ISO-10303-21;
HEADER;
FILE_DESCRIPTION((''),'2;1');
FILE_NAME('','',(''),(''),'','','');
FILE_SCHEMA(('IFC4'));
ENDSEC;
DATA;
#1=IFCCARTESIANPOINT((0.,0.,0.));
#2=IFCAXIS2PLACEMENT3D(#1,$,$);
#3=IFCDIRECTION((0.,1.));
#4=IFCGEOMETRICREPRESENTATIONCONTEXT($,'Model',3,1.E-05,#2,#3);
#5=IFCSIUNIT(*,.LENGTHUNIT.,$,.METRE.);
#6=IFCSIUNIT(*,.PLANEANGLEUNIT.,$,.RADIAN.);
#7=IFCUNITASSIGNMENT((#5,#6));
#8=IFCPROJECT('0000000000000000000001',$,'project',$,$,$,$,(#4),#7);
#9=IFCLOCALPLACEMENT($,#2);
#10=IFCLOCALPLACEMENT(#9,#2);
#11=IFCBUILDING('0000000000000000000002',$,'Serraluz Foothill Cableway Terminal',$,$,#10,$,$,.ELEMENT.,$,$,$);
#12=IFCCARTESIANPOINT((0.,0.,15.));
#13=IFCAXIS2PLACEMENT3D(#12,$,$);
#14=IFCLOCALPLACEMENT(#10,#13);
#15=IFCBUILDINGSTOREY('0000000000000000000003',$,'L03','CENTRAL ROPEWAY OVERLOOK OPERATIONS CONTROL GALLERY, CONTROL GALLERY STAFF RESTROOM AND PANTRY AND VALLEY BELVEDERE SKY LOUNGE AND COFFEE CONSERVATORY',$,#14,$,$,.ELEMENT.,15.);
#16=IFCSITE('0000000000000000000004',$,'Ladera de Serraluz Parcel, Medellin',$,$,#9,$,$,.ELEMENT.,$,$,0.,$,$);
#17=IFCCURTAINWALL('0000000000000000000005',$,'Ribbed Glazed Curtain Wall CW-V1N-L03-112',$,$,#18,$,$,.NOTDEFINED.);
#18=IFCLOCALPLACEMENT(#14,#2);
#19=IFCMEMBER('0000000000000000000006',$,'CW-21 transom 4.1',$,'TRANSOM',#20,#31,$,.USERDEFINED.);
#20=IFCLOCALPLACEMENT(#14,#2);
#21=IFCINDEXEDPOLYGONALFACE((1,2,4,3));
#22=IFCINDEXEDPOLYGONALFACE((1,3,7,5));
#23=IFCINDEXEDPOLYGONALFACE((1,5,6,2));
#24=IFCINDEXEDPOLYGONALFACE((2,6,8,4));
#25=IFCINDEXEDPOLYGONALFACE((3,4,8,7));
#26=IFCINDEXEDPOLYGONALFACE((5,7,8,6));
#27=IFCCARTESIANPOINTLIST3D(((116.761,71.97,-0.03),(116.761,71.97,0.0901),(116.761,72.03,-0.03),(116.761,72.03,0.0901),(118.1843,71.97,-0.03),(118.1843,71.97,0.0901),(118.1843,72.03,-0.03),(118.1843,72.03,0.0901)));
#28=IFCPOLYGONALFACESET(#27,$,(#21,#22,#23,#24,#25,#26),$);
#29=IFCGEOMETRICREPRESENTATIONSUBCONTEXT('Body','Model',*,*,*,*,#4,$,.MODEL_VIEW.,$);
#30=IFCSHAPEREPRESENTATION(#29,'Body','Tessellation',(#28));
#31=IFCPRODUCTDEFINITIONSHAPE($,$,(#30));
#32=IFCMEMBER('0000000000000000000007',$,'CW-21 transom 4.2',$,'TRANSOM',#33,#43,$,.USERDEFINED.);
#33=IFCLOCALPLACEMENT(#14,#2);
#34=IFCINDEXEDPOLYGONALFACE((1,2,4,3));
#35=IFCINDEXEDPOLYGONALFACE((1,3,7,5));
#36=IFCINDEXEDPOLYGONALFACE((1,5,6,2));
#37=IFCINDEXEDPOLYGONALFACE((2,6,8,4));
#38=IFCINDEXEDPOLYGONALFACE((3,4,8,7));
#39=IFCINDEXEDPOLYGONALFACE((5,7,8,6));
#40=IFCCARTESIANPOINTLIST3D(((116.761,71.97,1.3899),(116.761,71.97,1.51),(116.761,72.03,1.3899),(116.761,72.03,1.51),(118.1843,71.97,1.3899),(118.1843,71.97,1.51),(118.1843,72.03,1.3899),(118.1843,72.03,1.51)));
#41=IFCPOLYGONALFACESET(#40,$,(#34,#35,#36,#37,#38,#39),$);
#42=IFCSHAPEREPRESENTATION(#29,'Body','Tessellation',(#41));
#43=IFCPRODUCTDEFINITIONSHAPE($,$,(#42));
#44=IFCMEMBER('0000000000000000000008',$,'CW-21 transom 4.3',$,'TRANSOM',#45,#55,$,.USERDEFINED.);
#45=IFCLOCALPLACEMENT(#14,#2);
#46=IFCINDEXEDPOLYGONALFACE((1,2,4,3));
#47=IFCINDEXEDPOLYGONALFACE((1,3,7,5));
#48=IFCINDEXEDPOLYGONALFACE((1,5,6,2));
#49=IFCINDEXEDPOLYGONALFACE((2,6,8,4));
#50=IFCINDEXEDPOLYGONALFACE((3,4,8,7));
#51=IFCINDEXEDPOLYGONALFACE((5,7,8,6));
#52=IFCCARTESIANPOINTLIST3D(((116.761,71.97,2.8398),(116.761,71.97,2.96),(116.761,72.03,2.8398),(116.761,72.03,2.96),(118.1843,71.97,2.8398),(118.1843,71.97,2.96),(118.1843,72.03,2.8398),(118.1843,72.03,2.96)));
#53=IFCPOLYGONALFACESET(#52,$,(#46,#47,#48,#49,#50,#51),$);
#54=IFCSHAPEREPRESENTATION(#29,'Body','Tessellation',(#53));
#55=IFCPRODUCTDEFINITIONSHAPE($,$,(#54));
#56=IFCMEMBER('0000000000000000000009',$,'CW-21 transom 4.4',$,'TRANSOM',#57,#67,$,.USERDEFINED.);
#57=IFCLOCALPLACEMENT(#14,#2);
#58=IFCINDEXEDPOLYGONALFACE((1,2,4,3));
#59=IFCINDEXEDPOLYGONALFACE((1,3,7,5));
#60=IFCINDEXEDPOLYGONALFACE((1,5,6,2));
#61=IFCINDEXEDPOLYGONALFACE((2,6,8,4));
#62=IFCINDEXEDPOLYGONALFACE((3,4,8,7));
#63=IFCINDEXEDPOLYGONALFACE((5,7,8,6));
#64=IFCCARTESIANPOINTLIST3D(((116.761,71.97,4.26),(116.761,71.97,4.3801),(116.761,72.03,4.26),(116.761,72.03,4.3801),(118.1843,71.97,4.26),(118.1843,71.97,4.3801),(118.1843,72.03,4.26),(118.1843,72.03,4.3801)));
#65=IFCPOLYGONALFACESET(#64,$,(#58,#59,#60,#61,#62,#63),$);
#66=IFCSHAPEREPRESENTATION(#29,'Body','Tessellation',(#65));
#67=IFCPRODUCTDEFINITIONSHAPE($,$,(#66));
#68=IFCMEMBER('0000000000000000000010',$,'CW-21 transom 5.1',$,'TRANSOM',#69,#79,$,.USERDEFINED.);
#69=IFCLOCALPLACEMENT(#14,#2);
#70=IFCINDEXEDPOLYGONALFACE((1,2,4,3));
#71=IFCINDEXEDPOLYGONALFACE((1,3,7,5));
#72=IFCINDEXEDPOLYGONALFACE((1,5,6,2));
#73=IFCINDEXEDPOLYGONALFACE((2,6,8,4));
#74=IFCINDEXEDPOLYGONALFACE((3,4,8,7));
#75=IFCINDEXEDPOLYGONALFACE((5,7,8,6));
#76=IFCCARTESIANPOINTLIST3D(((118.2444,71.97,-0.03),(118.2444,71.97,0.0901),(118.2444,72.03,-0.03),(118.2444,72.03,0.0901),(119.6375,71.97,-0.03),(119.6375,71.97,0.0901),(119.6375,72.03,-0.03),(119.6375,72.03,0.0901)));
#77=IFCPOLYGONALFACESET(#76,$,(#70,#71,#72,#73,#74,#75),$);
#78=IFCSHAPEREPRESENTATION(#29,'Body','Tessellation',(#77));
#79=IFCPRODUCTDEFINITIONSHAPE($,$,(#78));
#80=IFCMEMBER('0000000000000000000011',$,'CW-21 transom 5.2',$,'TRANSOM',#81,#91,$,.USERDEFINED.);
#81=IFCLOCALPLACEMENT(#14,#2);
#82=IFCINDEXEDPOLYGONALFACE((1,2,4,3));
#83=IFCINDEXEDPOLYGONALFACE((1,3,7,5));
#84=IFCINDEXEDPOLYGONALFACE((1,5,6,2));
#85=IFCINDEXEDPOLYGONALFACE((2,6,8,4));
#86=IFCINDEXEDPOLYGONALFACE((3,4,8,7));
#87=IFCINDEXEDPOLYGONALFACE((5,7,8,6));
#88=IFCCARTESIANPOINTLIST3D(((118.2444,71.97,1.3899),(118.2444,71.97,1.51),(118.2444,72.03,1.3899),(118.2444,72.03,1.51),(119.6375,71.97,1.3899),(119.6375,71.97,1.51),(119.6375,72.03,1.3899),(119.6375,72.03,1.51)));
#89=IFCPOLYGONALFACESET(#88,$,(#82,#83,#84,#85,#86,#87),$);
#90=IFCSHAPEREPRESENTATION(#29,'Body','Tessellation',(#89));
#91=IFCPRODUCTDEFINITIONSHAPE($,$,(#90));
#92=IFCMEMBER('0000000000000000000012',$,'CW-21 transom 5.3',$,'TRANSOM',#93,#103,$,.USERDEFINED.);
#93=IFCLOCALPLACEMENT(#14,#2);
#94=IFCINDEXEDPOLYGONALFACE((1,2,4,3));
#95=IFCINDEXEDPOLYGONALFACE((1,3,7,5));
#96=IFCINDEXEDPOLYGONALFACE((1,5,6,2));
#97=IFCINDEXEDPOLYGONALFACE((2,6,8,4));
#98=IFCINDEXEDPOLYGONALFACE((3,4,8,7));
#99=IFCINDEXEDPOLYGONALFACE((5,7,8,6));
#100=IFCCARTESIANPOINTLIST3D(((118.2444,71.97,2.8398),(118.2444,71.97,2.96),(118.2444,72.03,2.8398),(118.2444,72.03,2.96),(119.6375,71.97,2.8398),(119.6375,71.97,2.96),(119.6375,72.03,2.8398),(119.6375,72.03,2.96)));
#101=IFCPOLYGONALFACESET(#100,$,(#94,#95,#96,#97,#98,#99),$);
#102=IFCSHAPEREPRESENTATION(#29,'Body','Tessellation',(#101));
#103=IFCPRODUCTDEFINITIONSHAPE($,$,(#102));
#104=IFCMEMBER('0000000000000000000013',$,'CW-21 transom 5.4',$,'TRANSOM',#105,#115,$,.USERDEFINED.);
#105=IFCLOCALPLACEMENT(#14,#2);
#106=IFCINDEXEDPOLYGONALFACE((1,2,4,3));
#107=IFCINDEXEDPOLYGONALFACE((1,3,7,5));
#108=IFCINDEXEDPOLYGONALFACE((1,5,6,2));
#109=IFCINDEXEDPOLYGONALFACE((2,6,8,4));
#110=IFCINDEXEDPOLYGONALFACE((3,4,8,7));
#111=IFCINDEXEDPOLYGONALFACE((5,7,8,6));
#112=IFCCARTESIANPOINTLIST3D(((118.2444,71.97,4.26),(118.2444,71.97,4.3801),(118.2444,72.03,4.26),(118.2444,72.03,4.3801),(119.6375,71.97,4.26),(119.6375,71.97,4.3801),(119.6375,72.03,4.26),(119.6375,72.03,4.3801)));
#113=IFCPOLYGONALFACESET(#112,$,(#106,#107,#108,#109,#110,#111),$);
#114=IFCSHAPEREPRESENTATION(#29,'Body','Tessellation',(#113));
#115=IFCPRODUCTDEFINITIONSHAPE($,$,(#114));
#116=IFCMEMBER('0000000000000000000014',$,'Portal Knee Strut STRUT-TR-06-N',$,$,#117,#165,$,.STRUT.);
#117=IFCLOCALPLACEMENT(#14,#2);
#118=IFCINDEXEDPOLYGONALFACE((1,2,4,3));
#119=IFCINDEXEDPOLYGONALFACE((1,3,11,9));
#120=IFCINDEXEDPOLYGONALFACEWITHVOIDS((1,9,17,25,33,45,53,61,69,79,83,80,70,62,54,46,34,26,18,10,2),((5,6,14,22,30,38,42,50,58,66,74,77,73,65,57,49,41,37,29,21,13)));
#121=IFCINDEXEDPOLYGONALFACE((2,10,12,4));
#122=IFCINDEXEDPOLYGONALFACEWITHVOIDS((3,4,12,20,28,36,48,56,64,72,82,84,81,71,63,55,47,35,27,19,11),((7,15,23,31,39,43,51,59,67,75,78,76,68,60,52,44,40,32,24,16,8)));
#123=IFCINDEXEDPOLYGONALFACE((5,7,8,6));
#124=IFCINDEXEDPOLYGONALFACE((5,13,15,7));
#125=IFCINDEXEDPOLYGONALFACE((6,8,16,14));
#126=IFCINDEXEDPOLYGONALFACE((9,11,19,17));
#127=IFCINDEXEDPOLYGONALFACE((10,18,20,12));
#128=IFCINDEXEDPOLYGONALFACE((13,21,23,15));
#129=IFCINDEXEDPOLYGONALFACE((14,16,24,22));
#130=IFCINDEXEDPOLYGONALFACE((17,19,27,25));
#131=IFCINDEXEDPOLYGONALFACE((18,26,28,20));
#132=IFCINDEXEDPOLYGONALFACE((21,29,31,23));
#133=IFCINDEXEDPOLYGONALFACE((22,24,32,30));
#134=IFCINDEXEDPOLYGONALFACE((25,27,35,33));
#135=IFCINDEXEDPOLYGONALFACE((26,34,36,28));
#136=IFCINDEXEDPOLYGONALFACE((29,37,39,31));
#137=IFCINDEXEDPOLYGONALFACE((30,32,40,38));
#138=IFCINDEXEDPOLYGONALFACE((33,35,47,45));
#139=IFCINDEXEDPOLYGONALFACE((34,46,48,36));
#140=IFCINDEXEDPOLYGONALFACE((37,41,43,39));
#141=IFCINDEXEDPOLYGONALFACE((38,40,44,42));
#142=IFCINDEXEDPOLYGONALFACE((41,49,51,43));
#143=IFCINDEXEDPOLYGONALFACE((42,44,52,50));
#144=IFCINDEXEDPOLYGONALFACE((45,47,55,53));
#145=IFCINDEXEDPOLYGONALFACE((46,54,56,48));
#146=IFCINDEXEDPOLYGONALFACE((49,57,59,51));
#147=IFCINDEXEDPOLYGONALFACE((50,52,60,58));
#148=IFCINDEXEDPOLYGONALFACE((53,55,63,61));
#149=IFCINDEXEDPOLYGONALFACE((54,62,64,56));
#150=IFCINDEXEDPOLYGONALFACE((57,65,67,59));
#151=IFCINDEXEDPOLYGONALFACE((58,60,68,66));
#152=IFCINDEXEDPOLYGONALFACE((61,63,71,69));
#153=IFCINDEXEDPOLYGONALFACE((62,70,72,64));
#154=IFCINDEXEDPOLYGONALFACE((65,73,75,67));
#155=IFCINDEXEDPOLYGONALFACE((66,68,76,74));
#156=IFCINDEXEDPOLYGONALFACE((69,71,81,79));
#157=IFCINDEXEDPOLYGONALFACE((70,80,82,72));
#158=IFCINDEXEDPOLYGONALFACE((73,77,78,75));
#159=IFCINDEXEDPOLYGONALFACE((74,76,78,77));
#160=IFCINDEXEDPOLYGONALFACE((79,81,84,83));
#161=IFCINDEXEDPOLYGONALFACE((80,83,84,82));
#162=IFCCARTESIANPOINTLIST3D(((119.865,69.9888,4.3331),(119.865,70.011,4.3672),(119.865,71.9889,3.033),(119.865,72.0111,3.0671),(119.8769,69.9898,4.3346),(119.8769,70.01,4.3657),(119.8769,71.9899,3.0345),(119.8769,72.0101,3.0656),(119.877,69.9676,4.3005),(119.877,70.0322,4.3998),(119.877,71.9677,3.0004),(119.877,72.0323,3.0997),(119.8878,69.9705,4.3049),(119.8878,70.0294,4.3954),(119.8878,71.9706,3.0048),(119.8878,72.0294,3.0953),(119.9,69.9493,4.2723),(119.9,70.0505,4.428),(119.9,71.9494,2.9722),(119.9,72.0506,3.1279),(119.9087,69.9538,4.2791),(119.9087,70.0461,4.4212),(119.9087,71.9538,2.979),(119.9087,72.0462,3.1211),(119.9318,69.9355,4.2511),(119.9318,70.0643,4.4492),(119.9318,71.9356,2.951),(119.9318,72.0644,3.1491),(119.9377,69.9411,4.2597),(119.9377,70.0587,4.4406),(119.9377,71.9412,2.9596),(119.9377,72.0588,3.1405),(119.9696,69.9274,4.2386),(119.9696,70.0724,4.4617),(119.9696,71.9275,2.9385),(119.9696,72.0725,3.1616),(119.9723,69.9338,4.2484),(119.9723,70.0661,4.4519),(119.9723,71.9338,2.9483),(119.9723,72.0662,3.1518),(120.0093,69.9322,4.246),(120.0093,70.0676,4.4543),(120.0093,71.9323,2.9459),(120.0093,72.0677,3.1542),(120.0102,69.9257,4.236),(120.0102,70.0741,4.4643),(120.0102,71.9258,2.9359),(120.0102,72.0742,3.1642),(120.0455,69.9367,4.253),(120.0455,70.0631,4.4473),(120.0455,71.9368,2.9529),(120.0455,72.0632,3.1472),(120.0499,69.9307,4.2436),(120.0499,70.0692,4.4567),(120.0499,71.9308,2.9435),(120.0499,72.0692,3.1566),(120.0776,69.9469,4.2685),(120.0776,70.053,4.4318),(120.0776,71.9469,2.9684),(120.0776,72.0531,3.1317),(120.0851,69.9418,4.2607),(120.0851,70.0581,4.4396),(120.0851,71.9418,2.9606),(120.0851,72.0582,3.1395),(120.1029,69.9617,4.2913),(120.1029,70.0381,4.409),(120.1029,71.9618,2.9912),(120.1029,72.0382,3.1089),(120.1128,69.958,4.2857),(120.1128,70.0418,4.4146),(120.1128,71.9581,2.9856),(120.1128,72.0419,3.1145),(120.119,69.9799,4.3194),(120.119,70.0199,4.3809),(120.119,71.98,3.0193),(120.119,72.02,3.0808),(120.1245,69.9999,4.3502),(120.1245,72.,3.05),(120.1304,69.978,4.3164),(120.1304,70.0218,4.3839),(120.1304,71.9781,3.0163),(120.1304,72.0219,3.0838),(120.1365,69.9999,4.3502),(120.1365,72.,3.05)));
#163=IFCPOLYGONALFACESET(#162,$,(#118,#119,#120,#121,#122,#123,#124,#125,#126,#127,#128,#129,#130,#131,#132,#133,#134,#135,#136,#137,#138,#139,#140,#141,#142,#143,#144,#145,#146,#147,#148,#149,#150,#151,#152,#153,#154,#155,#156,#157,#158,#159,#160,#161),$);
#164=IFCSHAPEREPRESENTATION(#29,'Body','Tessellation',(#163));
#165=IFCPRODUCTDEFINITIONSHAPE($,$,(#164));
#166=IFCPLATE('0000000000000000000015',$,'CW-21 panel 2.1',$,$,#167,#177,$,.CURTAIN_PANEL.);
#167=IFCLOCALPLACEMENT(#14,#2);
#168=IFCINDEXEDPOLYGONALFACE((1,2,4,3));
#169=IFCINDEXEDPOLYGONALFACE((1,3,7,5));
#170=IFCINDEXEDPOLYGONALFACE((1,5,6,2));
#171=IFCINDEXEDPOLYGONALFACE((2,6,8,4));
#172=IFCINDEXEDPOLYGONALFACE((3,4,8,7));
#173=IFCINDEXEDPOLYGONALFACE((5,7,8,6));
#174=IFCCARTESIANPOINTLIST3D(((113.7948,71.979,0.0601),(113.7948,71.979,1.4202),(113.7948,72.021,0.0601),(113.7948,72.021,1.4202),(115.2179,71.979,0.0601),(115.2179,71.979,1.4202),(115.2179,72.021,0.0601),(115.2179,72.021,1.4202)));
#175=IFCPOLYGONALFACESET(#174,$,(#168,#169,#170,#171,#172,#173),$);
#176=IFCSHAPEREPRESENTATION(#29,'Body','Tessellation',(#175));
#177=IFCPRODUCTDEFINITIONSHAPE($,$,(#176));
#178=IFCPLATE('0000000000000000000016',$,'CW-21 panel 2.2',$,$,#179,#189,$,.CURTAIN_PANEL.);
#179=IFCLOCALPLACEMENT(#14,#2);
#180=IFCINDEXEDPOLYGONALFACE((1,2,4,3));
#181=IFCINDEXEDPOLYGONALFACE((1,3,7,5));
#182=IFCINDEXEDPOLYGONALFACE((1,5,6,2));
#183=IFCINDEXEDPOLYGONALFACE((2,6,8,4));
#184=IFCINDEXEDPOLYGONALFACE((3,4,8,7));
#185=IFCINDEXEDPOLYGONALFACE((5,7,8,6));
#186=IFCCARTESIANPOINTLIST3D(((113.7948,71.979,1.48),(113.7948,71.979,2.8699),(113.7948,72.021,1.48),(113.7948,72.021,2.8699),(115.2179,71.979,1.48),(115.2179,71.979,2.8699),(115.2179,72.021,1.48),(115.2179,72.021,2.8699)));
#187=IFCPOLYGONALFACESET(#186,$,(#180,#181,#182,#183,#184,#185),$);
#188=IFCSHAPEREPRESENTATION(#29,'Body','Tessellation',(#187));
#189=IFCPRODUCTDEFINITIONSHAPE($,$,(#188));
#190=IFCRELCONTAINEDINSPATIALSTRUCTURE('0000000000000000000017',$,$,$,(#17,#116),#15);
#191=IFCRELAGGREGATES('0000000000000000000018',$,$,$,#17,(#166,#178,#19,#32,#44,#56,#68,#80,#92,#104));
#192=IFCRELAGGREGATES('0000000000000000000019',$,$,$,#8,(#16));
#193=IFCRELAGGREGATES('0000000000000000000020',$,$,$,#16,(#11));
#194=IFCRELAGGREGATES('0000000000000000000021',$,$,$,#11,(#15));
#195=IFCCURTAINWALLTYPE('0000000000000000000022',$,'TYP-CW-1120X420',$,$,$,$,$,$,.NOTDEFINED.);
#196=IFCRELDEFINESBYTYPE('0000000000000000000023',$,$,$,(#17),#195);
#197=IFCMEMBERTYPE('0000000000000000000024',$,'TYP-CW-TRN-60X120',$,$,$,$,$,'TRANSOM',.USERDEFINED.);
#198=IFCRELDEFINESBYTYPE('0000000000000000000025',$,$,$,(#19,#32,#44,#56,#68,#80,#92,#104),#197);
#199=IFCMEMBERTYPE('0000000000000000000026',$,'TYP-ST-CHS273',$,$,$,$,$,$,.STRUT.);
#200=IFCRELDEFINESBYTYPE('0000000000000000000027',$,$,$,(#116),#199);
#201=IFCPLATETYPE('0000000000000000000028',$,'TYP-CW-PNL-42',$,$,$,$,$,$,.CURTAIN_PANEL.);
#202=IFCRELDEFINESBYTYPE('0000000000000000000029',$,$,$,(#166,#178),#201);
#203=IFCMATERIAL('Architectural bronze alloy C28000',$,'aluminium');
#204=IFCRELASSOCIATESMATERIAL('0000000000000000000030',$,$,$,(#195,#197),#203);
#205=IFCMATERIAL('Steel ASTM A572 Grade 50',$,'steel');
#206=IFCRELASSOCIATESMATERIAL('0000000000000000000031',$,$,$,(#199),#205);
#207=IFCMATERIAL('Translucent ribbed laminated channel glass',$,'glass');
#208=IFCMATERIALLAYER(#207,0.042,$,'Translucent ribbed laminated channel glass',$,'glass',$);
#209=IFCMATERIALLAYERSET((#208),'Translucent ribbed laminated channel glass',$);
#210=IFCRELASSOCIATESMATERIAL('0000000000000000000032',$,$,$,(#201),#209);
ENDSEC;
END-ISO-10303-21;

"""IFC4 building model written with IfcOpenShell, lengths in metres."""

from ifc_helpers import new_model, si_unit, direction, frame, origin, origin_2d, place, context, subcontext, project, spatial, rectangle, hollow_circle, extrude, material, layer, layer_set, material_profile, profile_set, type_object, element, aggregate, save


model = new_model("IFC4")

# Units and contexts
model_context = context("Model", 3, precision=1e-05, world=origin(), true_north=direction((0.0, 1.0)))
body_context = subcontext(model_context, "Body", "Model", "MODEL_VIEW")
ifc_project = project(units=[si_unit("LENGTHUNIT", "METRE"), si_unit("PLANEANGLEUNIT", "RADIAN")], contexts=[model_context])

# Site, building, storey
site_placement = place(None, origin())
site = spatial("IfcSite", under=ifc_project, at=site_placement, Name="Ladera de Serraluz Parcel, Medellin", CompositionType="ELEMENT", RefElevation=0.0)
building_placement = place(site_placement, origin())
building = spatial("IfcBuilding", under=site, at=building_placement, Name="Serraluz Foothill Cableway Terminal", CompositionType="ELEMENT")
storey_placement = place(building_placement, frame((0.0, 0.0, 15.0)))
storey = spatial("IfcBuildingStorey", under=building, at=storey_placement, Name="L03", Description="CENTRAL ROPEWAY OVERLOOK OPERATIONS CONTROL GALLERY, CONTROL GALLERY STAFF RESTROOM AND PANTRY AND VALLEY BELVEDERE SKY LOUNGE AND COFFEE CONSERVATORY", CompositionType="ELEMENT", Elevation=15.0)

# Curtain wall, members
ifc_material_1 = material(Name="Architectural bronze alloy C28000", Category="aluminium")
curtain_wall_type = type_object("IfcCurtainWallType", Name="TYP-CW-1120X420", PredefinedType="NOTDEFINED", material=ifc_material_1)
curtain_wall_placement = place(storey_placement, origin())
curtain_wall = element("IfcCurtainWall", 1, at=curtain_wall_placement, inside=storey, type_object=curtain_wall_type, Name="Ribbed Glazed Curtain Wall CW-V1N-L03-112", PredefinedType="NOTDEFINED")
ifc_material_profile_1 = material_profile(ifc_material_1, rectangle(XDim=0.0601, YDim=0.1201, at=origin_2d()), Name="ALU TRANSOM 60x120")
ifc_profile_set_1 = profile_set([ifc_material_profile_1], Name="Architectural bronze alloy C28000")
member_type_1 = type_object("IfcMemberType", Name="TYP-CW-TRN-60X120", ElementType="TRANSOM", PredefinedType="USERDEFINED", material=ifc_profile_set_1)
member_1_placement = place(storey_placement, frame((116.761, 72.0, 0.03), z_axis=(1.0, 0.0, 0.0), x_axis=(0.0, 1.0, 0.0)))
member_1 = element("IfcMember", 2, at=member_1_placement, type_object=member_type_1, Name="CW-21 transom 4.1", ObjectType="TRANSOM", PredefinedType="USERDEFINED", context=body_context, shape_type="SweptSolid", body=[
    extrude(rectangle(XDim=0.0601, YDim=0.1201, at=origin_2d()), origin(), (0.0, 0.0, 1.0), 1.4233),
])
member_2_placement = place(storey_placement, frame((116.761, 72.0, 1.45), z_axis=(1.0, 0.0, 0.0), x_axis=(0.0, 1.0, 0.0)))
member_2 = element("IfcMember", 3, at=member_2_placement, type_object=member_type_1, Name="CW-21 transom 4.2", ObjectType="TRANSOM", PredefinedType="USERDEFINED", context=body_context, shape_type="SweptSolid", body=[
    extrude(rectangle(XDim=0.0601, YDim=0.1201, at=origin_2d()), origin(), (0.0, 0.0, 1.0), 1.4233),
])
member_3_placement = place(storey_placement, frame((116.761, 72.0, 2.8999), z_axis=(1.0, 0.0, 0.0), x_axis=(0.0, 1.0, 0.0)))
member_3 = element("IfcMember", 4, at=member_3_placement, type_object=member_type_1, Name="CW-21 transom 4.3", ObjectType="TRANSOM", PredefinedType="USERDEFINED", context=body_context, shape_type="SweptSolid", body=[
    extrude(rectangle(XDim=0.0601, YDim=0.1201, at=origin_2d()), origin(), (0.0, 0.0, 1.0), 1.4233),
])
member_4_placement = place(storey_placement, frame((116.761, 72.0, 4.3201), z_axis=(1.0, 0.0, 0.0), x_axis=(0.0, 1.0, 0.0)))
member_4 = element("IfcMember", 5, at=member_4_placement, type_object=member_type_1, Name="CW-21 transom 4.4", ObjectType="TRANSOM", PredefinedType="USERDEFINED", context=body_context, shape_type="SweptSolid", body=[
    extrude(rectangle(XDim=0.0601, YDim=0.1201, at=origin_2d()), origin(), (0.0, 0.0, 1.0), 1.4233),
])
member_5_placement = place(storey_placement, frame((118.2444, 72.0, 0.03), z_axis=(1.0, 0.0, 0.0), x_axis=(0.0, 1.0, 0.0)))
member_5 = element("IfcMember", 6, at=member_5_placement, type_object=member_type_1, Name="CW-21 transom 5.1", ObjectType="TRANSOM", PredefinedType="USERDEFINED", context=body_context, shape_type="SweptSolid", body=[
    extrude(rectangle(XDim=0.0601, YDim=0.1201, at=origin_2d()), origin(), (0.0, 0.0, 1.0), 1.3931),
])
member_6_placement = place(storey_placement, frame((118.2444, 72.0, 1.45), z_axis=(1.0, 0.0, 0.0), x_axis=(0.0, 1.0, 0.0)))
member_6 = element("IfcMember", 7, at=member_6_placement, type_object=member_type_1, Name="CW-21 transom 5.2", ObjectType="TRANSOM", PredefinedType="USERDEFINED", context=body_context, shape_type="SweptSolid", body=[
    extrude(rectangle(XDim=0.0601, YDim=0.1201, at=origin_2d()), origin(), (0.0, 0.0, 1.0), 1.3931),
])
member_7_placement = place(storey_placement, frame((118.2444, 72.0, 2.8999), z_axis=(1.0, 0.0, 0.0), x_axis=(0.0, 1.0, 0.0)))
member_7 = element("IfcMember", 8, at=member_7_placement, type_object=member_type_1, Name="CW-21 transom 5.3", ObjectType="TRANSOM", PredefinedType="USERDEFINED", context=body_context, shape_type="SweptSolid", body=[
    extrude(rectangle(XDim=0.0601, YDim=0.1201, at=origin_2d()), origin(), (0.0, 0.0, 1.0), 1.3931),
])
member_8_placement = place(storey_placement, frame((118.2444, 72.0, 4.3201), z_axis=(1.0, 0.0, 0.0), x_axis=(0.0, 1.0, 0.0)))
member_8 = element("IfcMember", 9, at=member_8_placement, type_object=member_type_1, Name="CW-21 transom 5.4", ObjectType="TRANSOM", PredefinedType="USERDEFINED", context=body_context, shape_type="SweptSolid", body=[
    extrude(rectangle(XDim=0.0601, YDim=0.1201, at=origin_2d()), origin(), (0.0, 0.0, 1.0), 1.3931),
])

# Member
ifc_material_2 = material(Name="Steel ASTM A572 Grade 50", Category="steel")
ifc_material_profile_2 = material_profile(ifc_material_2, hollow_circle(Radius=0.1365, WallThickness=0.012, at=origin_2d()), Name="CHS273X12")
ifc_profile_set_2 = profile_set([ifc_material_profile_2], Name="Steel ASTM A572 Grade 50")
member_type_2 = type_object("IfcMemberType", Name="TYP-ST-CHS273", PredefinedType="STRUT", material=ifc_profile_set_2)
member_9_placement = place(storey_placement, frame((120.0, 72.0, 3.05), z_axis=(0.0, -0.838434, 0.545003), x_axis=(1.0, 0.0, 0.0)))
element("IfcMember", 10, at=member_9_placement, inside=storey, type_object=member_type_2, Name="Portal Knee Strut STRUT-TR-06-N", PredefinedType="STRUT", context=body_context, shape_type="SweptSolid", body=[
    extrude(hollow_circle(Radius=0.1365, WallThickness=0.012, at=origin_2d()), origin(), (0.0, 0.0, 1.0), 2.3855),
])

# Plates
ifc_material_3 = material(Name="Translucent ribbed laminated channel glass", Category="glass")
ifc_layer_1 = layer(ifc_material_3, 0.042, Name="Translucent ribbed laminated channel glass", Category="glass")
ifc_layer_set_1 = layer_set([ifc_layer_1], Name="Translucent ribbed laminated channel glass")
plate_type = type_object("IfcPlateType", Name="TYP-CW-PNL-42", PredefinedType="CURTAIN_PANEL", material=ifc_layer_set_1)
plate_1_placement = place(storey_placement, frame((114.5063, 72.0, 0.0601), z_axis=(0.0, 0.0, 1.0), x_axis=(1.0, 0.0, 0.0)))
plate_1 = element("IfcPlate", 11, at=plate_1_placement, type_object=plate_type, Name="CW-21 panel 2.1", PredefinedType="CURTAIN_PANEL", context=body_context, shape_type="SweptSolid", body=[
    extrude(rectangle(XDim=1.4231, YDim=0.042, at=origin_2d()), origin(), (0.0, 0.0, 1.0), 1.3601),
])
plate_2_placement = place(storey_placement, frame((114.5063, 72.0, 1.48), z_axis=(0.0, 0.0, 1.0), x_axis=(1.0, 0.0, 0.0)))
plate_2 = element("IfcPlate", 12, at=plate_2_placement, type_object=plate_type, Name="CW-21 panel 2.2", PredefinedType="CURTAIN_PANEL", context=body_context, shape_type="SweptSolid", body=[
    extrude(rectangle(XDim=1.4231, YDim=0.042, at=origin_2d()), origin(), (0.0, 0.0, 1.0), 1.3899),
])
aggregate(curtain_wall, [plate_1, plate_2, member_1, member_2, member_3, member_4, member_5, member_6, member_7, member_8])

save(model, "model.ifc")
